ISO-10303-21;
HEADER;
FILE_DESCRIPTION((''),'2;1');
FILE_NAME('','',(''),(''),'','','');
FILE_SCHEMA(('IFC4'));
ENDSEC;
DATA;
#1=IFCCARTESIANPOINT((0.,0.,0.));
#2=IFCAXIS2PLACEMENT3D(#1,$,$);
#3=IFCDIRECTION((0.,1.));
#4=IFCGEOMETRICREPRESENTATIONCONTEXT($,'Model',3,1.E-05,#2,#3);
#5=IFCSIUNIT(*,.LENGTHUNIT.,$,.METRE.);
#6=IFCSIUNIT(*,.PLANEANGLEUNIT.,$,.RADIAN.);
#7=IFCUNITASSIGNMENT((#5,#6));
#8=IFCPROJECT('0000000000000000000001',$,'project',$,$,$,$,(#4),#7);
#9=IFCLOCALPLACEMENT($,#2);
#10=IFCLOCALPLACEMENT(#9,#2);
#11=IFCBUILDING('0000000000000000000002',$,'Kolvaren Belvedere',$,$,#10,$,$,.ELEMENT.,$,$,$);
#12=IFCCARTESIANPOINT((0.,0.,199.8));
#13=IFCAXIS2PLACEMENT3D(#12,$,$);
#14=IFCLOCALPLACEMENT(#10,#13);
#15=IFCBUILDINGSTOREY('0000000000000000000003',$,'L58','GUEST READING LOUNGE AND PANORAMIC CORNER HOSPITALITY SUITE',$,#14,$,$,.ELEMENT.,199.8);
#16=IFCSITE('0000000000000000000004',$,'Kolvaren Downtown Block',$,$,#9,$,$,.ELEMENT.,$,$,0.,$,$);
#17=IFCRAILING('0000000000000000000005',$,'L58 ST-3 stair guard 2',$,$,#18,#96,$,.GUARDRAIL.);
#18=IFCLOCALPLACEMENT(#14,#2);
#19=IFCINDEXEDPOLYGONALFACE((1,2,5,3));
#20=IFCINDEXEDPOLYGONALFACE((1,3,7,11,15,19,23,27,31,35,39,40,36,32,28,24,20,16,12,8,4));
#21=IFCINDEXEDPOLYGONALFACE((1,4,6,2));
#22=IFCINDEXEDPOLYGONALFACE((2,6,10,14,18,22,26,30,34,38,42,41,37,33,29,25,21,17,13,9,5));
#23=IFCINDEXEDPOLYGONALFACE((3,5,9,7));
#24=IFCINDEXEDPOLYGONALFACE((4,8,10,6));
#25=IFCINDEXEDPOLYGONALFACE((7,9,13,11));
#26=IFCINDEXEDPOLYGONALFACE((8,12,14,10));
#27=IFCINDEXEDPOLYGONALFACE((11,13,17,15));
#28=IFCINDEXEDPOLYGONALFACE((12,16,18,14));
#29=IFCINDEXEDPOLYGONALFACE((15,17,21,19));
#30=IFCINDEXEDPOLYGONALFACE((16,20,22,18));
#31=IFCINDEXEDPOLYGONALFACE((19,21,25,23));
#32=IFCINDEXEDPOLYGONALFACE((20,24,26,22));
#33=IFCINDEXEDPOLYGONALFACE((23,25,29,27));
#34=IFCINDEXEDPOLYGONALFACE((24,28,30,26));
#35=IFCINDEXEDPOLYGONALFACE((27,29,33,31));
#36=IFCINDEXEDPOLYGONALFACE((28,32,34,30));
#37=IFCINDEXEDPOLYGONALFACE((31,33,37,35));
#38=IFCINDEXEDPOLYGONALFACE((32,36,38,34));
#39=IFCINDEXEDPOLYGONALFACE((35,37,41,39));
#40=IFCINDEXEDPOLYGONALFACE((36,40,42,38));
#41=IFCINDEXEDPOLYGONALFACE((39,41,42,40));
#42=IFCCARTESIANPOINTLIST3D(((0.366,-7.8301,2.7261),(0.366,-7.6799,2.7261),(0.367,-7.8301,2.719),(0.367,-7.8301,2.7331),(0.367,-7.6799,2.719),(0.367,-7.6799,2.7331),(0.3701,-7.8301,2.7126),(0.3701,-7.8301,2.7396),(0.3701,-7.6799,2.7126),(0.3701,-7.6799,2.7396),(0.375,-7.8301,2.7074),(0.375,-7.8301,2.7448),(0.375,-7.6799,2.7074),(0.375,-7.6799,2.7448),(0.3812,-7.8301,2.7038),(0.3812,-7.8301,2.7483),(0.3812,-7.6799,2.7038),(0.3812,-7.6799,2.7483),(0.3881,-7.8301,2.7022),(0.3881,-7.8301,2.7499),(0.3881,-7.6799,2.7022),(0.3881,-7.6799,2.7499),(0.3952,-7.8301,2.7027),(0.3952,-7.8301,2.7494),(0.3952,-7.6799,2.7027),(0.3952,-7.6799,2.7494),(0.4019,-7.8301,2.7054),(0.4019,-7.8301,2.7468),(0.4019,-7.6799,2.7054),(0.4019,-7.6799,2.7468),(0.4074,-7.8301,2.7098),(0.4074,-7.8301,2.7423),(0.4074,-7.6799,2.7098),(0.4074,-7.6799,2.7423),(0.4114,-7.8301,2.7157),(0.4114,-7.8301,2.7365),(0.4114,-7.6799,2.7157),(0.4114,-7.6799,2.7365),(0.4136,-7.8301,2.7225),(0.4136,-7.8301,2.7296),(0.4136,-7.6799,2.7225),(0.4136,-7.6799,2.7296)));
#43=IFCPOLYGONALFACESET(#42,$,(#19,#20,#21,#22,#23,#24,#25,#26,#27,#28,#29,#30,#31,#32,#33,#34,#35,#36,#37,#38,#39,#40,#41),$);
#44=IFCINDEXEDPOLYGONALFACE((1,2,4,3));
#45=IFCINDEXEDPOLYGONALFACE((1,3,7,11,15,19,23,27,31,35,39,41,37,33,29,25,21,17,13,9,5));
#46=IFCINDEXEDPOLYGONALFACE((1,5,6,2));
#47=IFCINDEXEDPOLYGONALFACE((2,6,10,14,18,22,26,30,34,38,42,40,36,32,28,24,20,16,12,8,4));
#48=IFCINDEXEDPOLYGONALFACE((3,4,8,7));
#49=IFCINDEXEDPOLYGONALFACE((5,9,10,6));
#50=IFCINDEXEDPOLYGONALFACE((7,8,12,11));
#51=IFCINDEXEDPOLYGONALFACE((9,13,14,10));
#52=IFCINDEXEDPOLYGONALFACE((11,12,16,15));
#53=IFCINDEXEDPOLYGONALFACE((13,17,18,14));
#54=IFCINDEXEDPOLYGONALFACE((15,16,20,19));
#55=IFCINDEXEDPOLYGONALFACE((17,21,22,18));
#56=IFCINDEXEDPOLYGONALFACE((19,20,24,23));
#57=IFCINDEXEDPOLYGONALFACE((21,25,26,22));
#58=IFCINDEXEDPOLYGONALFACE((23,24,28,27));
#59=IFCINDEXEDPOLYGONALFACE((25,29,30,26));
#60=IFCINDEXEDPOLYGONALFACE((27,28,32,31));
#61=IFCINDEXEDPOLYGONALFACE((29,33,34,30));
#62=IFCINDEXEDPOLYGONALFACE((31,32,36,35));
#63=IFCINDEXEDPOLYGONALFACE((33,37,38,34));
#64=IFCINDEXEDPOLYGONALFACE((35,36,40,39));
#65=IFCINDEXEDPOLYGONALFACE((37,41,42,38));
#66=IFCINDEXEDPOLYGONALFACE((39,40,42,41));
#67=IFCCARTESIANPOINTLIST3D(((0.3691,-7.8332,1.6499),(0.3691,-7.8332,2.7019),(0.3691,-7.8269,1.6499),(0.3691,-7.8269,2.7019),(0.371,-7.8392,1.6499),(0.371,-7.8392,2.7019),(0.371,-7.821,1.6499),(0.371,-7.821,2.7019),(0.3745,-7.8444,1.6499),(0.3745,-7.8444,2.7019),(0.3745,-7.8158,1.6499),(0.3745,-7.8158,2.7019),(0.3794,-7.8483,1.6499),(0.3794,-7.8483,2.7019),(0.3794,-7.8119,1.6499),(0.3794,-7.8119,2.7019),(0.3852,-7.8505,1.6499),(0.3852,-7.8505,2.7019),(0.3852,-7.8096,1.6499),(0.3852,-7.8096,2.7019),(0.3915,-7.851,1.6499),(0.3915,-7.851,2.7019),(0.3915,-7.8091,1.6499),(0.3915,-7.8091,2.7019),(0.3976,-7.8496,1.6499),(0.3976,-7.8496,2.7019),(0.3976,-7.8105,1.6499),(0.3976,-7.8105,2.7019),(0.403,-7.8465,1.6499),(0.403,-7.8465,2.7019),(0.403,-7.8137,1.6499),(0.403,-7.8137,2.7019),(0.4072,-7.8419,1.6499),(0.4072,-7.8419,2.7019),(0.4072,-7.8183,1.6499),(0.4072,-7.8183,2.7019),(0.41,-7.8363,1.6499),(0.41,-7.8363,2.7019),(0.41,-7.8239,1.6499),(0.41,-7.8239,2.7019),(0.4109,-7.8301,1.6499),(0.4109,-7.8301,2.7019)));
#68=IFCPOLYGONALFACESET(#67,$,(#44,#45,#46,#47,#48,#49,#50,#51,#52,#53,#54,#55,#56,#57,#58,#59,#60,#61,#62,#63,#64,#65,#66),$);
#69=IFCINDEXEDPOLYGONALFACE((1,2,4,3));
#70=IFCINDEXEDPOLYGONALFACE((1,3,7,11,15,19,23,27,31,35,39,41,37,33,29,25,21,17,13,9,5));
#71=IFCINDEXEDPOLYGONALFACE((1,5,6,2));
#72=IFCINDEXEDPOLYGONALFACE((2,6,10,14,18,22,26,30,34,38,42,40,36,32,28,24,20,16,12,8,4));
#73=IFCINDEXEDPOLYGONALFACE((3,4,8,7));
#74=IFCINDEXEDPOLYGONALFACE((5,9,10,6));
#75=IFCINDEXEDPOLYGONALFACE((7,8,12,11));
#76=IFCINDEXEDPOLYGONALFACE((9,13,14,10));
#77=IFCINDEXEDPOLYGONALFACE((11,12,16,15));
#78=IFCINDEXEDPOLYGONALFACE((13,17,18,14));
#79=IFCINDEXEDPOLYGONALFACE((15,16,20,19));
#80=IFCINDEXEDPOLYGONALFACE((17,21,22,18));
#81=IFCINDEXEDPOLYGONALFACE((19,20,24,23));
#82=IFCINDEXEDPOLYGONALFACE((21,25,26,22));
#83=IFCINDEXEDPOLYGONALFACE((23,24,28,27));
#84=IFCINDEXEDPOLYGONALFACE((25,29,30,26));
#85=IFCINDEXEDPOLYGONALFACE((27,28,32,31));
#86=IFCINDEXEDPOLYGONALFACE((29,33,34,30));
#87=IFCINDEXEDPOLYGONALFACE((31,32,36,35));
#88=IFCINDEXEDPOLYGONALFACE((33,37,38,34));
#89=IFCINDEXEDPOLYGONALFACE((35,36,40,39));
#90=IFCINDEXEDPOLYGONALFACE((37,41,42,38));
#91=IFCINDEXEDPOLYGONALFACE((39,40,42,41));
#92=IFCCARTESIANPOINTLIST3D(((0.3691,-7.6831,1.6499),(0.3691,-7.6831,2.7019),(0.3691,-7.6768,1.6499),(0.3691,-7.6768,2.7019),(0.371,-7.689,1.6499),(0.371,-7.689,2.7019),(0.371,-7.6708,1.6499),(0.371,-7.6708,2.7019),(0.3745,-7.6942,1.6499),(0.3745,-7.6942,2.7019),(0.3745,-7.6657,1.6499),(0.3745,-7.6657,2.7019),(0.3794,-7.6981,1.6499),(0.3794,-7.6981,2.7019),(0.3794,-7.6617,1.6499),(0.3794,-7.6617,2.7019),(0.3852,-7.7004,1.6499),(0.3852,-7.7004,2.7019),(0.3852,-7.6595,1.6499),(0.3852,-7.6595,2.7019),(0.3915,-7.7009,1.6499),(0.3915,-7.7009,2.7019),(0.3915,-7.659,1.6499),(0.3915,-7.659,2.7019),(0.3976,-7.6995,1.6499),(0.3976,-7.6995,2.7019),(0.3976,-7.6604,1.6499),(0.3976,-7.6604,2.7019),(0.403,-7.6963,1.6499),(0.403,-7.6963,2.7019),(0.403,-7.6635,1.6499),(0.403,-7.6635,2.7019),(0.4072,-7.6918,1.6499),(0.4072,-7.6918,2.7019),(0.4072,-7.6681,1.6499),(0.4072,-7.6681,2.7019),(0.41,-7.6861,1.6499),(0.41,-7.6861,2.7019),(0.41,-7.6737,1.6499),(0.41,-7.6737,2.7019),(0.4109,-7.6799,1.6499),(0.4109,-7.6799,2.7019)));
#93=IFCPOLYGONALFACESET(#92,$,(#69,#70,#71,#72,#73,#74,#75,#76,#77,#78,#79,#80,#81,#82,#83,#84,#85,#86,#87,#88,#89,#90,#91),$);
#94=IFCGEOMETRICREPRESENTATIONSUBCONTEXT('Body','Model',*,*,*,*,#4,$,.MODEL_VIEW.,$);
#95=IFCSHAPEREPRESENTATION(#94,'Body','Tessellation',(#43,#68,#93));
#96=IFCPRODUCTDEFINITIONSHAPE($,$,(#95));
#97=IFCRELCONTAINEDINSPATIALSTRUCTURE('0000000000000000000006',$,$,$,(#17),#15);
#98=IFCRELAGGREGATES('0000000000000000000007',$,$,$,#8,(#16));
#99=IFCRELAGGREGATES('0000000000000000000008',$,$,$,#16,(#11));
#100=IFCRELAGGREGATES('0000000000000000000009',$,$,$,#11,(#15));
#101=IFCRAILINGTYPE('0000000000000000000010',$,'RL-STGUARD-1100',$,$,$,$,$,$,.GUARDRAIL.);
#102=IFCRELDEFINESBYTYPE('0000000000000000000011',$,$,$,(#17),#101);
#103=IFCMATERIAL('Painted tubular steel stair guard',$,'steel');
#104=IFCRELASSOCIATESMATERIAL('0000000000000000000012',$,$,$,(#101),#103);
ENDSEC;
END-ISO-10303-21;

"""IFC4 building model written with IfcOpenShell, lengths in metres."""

from ifc_helpers import new_model, si_unit, direction, frame, origin, origin_2d, place, context, subcontext, project, spatial, circle, extrude, material, type_object, element, save


model = new_model("IFC4")

# Units and contexts
model_context = context("Model", 3, precision=1e-05, world=origin(), true_north=direction((0.0, 1.0)))
body_context = subcontext(model_context, "Body", "Model", "MODEL_VIEW")
ifc_project = project(units=[si_unit("LENGTHUNIT", "METRE"), si_unit("PLANEANGLEUNIT", "RADIAN")], contexts=[model_context])

# Site, building, storey
site_placement = place(None, origin())
site = spatial("IfcSite", under=ifc_project, at=site_placement, Name="Kolvaren Downtown Block", CompositionType="ELEMENT", RefElevation=0.0)
building_placement = place(site_placement, origin())
building = spatial("IfcBuilding", under=site, at=building_placement, Name="Kolvaren Belvedere", CompositionType="ELEMENT")
storey_placement = place(building_placement, frame((0.0, 0.0, 199.8)))
storey = spatial("IfcBuildingStorey", under=building, at=storey_placement, Name="L58", Description="GUEST READING LOUNGE AND PANORAMIC CORNER HOSPITALITY SUITE", CompositionType="ELEMENT", Elevation=199.8)

# Railing
ifc_material_1 = material(Name="Painted tubular steel stair guard", Category="steel")
railing_type_1 = type_object("IfcRailingType", Name="RL-STGUARD-1100", PredefinedType="GUARDRAIL", material=ifc_material_1)
railing_1_placement = place(storey_placement, frame((0.3899, -7.8301, 1.6499)))
element("IfcRailing", 1, at=railing_1_placement, inside=storey, type_object=railing_type_1, Name="L58 ST-3 stair guard 2", PredefinedType="GUARDRAIL", context=body_context, shape_type="SweptSolid", body=[
    extrude(circle(Radius=0.0239, at=origin_2d()), frame((0.0, 0.0, 1.0762), z_axis=(0.0, 1.0, 0.0), x_axis=(-1.0, 0.0, 0.0)), (0.0, 0.0, 1.0), 0.1501),
    extrude(circle(Radius=0.021, at=origin_2d()), origin(), (0.0, 0.0, 1.0), 1.052),
    extrude(circle(Radius=0.021, at=origin_2d()), frame((0.0, 0.1501, 0.0)), (0.0, 0.0, 1.0), 1.052),
])

save(model, "model.ifc")
